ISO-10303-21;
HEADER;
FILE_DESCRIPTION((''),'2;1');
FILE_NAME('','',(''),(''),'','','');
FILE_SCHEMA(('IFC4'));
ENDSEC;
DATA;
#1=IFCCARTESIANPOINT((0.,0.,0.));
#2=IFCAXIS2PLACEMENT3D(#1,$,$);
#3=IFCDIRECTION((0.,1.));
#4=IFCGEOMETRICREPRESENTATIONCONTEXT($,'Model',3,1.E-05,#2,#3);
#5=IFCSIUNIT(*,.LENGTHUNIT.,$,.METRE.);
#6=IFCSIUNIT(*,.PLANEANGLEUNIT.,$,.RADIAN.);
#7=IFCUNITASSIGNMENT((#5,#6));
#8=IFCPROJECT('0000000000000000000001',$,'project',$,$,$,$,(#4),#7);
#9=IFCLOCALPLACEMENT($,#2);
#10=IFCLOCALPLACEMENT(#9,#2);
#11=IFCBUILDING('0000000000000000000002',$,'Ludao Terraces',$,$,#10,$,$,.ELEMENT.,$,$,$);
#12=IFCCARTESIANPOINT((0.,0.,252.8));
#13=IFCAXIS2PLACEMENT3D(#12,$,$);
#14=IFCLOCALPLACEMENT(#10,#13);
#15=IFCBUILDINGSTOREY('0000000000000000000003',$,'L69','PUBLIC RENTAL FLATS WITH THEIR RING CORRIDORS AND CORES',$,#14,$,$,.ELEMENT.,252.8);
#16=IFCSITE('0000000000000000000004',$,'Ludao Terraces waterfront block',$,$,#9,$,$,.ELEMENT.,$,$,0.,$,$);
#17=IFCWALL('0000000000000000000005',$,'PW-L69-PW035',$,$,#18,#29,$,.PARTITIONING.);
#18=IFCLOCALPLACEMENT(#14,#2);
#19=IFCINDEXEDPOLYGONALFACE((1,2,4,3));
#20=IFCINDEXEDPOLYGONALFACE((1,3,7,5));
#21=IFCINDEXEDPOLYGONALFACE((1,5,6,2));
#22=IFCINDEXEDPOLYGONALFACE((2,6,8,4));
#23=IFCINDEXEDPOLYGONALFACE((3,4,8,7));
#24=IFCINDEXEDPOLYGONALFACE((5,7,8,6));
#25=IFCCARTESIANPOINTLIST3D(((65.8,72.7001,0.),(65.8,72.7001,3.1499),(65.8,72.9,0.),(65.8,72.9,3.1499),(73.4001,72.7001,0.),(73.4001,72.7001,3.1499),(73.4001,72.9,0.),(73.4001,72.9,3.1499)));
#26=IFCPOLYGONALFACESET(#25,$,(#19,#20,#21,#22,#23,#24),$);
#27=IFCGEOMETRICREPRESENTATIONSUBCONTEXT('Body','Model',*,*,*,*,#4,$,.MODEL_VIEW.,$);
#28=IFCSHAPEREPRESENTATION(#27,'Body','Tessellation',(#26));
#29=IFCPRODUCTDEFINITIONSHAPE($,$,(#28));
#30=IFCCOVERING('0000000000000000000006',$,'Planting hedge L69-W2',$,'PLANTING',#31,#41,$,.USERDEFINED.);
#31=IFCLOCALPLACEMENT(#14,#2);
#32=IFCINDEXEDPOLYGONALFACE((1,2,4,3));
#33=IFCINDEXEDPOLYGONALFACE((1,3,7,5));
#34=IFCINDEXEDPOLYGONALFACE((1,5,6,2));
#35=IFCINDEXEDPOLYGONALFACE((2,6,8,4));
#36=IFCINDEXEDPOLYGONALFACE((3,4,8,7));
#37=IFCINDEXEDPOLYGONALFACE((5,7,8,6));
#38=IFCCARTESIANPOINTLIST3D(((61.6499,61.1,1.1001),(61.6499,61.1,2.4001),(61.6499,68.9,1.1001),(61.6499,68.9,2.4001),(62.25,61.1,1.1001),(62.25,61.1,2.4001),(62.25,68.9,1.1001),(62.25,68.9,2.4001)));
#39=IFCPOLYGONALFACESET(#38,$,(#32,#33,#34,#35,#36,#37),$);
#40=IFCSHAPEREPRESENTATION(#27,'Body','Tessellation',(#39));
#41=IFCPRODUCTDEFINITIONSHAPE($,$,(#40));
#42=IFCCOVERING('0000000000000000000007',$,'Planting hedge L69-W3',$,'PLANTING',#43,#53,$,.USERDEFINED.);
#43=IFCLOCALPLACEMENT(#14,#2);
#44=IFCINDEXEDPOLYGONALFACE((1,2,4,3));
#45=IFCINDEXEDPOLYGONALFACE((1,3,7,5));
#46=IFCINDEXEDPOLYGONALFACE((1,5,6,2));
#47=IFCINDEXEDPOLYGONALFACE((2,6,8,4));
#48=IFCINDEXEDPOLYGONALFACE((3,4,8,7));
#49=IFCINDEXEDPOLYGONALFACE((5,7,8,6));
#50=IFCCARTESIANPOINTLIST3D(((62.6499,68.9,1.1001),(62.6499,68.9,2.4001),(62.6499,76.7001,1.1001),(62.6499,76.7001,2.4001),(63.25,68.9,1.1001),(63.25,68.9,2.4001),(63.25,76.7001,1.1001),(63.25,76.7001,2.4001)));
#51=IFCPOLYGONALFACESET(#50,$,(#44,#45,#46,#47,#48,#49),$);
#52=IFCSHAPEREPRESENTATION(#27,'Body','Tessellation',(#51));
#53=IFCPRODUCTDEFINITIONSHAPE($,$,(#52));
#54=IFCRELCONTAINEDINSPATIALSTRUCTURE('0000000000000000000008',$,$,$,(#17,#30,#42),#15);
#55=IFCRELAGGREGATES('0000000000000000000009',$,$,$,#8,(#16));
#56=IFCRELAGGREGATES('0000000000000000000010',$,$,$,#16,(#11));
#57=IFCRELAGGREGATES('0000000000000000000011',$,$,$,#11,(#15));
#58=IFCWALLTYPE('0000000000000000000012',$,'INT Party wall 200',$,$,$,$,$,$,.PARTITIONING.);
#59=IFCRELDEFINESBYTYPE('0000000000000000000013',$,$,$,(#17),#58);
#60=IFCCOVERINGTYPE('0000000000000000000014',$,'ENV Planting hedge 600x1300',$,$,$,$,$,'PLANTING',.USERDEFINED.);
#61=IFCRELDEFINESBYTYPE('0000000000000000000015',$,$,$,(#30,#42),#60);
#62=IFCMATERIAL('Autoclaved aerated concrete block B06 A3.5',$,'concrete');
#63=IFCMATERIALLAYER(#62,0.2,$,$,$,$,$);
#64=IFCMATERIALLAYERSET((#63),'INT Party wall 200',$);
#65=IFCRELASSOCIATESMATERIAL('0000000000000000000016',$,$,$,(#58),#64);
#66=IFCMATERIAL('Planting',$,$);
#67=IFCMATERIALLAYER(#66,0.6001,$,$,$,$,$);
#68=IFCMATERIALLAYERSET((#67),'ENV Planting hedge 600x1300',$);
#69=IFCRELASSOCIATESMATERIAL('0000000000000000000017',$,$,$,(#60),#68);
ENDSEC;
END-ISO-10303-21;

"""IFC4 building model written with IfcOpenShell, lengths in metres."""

from ifc_helpers import new_model, si_unit, direction, frame, frame_2d, origin, origin_2d, place, context, subcontext, project, spatial, rectangle, extrude, material, layer, layer_set, type_object, element, save


model = new_model("IFC4")

# Units and contexts
model_context = context("Model", 3, precision=1e-05, world=origin(), true_north=direction((0.0, 1.0)))
body_context = subcontext(model_context, "Body", "Model", "MODEL_VIEW")
ifc_project = project(units=[si_unit("LENGTHUNIT", "METRE"), si_unit("PLANEANGLEUNIT", "RADIAN")], contexts=[model_context])

# Site, building, storey
site_placement = place(None, origin())
site = spatial("IfcSite", under=ifc_project, at=site_placement, Name="Ludao Terraces waterfront block", CompositionType="ELEMENT", RefElevation=0.0)
building_placement = place(site_placement, origin())
building = spatial("IfcBuilding", under=site, at=building_placement, Name="Ludao Terraces", CompositionType="ELEMENT")
storey_placement = place(building_placement, frame((0.0, 0.0, 252.8)))
storey = spatial("IfcBuildingStorey", under=building, at=storey_placement, Name="L69", Description="PUBLIC RENTAL FLATS WITH THEIR RING CORRIDORS AND CORES", CompositionType="ELEMENT", Elevation=252.8)

# Wall
ifc_material_1 = material(Name="Autoclaved aerated concrete block B06 A3.5", Category="concrete")
ifc_layer_1 = layer(ifc_material_1, 0.2)
ifc_layer_set_1 = layer_set([ifc_layer_1], Name="INT Party wall 200")
wall_type_1 = type_object("IfcWallType", Name="INT Party wall 200", PredefinedType="PARTITIONING", material=ifc_layer_set_1)
wall_1_placement = place(storey_placement, frame((65.8, 72.8, 0.0), z_axis=(0.0, 0.0, 1.0), x_axis=(1.0, 0.0, 0.0)))
element("IfcWall", 1, at=wall_1_placement, inside=storey, type_object=wall_type_1, Name="PW-L69-PW035", PredefinedType="PARTITIONING", context=body_context, shape_type="SweptSolid", body=[
    extrude(rectangle(XDim=7.6001, YDim=0.2, at=frame_2d((3.8, 0.0))), origin(), (0.0, 0.0, 1.0), 3.1499),
])

# Coverings
ifc_material_2 = material(Name="Planting")
ifc_layer_2 = layer(ifc_material_2, 0.6001)
ifc_layer_set_2 = layer_set([ifc_layer_2], Name="ENV Planting hedge 600x1300")
covering_type = type_object("IfcCoveringType", Name="ENV Planting hedge 600x1300", ElementType="PLANTING", PredefinedType="USERDEFINED", material=ifc_layer_set_2)
for number, where, z_axis, x_axis, name in (
    (2, (61.95, 65.0, 1.1001), (0.0, 0.0, 1.0), (1.0, 0.0, 0.0), "Planting hedge L69-W2"),
    (3, (62.95, 72.8, 1.1001), (0.0, 0.0, 1.0), (1.0, 0.0, 0.0), "Planting hedge L69-W3"),
):
    element("IfcCovering", number, at=place(storey_placement, frame(where, z_axis=z_axis, x_axis=x_axis)), inside=storey, type_object=covering_type, Name=name, ObjectType="PLANTING", PredefinedType="USERDEFINED", context=body_context, shape_type="SweptSolid", body=[
        extrude(rectangle(XDim=0.6001, YDim=7.8, at=origin_2d()), origin(), (0.0, 0.0, 1.0), 1.3),
    ])

save(model, "model.ifc")
